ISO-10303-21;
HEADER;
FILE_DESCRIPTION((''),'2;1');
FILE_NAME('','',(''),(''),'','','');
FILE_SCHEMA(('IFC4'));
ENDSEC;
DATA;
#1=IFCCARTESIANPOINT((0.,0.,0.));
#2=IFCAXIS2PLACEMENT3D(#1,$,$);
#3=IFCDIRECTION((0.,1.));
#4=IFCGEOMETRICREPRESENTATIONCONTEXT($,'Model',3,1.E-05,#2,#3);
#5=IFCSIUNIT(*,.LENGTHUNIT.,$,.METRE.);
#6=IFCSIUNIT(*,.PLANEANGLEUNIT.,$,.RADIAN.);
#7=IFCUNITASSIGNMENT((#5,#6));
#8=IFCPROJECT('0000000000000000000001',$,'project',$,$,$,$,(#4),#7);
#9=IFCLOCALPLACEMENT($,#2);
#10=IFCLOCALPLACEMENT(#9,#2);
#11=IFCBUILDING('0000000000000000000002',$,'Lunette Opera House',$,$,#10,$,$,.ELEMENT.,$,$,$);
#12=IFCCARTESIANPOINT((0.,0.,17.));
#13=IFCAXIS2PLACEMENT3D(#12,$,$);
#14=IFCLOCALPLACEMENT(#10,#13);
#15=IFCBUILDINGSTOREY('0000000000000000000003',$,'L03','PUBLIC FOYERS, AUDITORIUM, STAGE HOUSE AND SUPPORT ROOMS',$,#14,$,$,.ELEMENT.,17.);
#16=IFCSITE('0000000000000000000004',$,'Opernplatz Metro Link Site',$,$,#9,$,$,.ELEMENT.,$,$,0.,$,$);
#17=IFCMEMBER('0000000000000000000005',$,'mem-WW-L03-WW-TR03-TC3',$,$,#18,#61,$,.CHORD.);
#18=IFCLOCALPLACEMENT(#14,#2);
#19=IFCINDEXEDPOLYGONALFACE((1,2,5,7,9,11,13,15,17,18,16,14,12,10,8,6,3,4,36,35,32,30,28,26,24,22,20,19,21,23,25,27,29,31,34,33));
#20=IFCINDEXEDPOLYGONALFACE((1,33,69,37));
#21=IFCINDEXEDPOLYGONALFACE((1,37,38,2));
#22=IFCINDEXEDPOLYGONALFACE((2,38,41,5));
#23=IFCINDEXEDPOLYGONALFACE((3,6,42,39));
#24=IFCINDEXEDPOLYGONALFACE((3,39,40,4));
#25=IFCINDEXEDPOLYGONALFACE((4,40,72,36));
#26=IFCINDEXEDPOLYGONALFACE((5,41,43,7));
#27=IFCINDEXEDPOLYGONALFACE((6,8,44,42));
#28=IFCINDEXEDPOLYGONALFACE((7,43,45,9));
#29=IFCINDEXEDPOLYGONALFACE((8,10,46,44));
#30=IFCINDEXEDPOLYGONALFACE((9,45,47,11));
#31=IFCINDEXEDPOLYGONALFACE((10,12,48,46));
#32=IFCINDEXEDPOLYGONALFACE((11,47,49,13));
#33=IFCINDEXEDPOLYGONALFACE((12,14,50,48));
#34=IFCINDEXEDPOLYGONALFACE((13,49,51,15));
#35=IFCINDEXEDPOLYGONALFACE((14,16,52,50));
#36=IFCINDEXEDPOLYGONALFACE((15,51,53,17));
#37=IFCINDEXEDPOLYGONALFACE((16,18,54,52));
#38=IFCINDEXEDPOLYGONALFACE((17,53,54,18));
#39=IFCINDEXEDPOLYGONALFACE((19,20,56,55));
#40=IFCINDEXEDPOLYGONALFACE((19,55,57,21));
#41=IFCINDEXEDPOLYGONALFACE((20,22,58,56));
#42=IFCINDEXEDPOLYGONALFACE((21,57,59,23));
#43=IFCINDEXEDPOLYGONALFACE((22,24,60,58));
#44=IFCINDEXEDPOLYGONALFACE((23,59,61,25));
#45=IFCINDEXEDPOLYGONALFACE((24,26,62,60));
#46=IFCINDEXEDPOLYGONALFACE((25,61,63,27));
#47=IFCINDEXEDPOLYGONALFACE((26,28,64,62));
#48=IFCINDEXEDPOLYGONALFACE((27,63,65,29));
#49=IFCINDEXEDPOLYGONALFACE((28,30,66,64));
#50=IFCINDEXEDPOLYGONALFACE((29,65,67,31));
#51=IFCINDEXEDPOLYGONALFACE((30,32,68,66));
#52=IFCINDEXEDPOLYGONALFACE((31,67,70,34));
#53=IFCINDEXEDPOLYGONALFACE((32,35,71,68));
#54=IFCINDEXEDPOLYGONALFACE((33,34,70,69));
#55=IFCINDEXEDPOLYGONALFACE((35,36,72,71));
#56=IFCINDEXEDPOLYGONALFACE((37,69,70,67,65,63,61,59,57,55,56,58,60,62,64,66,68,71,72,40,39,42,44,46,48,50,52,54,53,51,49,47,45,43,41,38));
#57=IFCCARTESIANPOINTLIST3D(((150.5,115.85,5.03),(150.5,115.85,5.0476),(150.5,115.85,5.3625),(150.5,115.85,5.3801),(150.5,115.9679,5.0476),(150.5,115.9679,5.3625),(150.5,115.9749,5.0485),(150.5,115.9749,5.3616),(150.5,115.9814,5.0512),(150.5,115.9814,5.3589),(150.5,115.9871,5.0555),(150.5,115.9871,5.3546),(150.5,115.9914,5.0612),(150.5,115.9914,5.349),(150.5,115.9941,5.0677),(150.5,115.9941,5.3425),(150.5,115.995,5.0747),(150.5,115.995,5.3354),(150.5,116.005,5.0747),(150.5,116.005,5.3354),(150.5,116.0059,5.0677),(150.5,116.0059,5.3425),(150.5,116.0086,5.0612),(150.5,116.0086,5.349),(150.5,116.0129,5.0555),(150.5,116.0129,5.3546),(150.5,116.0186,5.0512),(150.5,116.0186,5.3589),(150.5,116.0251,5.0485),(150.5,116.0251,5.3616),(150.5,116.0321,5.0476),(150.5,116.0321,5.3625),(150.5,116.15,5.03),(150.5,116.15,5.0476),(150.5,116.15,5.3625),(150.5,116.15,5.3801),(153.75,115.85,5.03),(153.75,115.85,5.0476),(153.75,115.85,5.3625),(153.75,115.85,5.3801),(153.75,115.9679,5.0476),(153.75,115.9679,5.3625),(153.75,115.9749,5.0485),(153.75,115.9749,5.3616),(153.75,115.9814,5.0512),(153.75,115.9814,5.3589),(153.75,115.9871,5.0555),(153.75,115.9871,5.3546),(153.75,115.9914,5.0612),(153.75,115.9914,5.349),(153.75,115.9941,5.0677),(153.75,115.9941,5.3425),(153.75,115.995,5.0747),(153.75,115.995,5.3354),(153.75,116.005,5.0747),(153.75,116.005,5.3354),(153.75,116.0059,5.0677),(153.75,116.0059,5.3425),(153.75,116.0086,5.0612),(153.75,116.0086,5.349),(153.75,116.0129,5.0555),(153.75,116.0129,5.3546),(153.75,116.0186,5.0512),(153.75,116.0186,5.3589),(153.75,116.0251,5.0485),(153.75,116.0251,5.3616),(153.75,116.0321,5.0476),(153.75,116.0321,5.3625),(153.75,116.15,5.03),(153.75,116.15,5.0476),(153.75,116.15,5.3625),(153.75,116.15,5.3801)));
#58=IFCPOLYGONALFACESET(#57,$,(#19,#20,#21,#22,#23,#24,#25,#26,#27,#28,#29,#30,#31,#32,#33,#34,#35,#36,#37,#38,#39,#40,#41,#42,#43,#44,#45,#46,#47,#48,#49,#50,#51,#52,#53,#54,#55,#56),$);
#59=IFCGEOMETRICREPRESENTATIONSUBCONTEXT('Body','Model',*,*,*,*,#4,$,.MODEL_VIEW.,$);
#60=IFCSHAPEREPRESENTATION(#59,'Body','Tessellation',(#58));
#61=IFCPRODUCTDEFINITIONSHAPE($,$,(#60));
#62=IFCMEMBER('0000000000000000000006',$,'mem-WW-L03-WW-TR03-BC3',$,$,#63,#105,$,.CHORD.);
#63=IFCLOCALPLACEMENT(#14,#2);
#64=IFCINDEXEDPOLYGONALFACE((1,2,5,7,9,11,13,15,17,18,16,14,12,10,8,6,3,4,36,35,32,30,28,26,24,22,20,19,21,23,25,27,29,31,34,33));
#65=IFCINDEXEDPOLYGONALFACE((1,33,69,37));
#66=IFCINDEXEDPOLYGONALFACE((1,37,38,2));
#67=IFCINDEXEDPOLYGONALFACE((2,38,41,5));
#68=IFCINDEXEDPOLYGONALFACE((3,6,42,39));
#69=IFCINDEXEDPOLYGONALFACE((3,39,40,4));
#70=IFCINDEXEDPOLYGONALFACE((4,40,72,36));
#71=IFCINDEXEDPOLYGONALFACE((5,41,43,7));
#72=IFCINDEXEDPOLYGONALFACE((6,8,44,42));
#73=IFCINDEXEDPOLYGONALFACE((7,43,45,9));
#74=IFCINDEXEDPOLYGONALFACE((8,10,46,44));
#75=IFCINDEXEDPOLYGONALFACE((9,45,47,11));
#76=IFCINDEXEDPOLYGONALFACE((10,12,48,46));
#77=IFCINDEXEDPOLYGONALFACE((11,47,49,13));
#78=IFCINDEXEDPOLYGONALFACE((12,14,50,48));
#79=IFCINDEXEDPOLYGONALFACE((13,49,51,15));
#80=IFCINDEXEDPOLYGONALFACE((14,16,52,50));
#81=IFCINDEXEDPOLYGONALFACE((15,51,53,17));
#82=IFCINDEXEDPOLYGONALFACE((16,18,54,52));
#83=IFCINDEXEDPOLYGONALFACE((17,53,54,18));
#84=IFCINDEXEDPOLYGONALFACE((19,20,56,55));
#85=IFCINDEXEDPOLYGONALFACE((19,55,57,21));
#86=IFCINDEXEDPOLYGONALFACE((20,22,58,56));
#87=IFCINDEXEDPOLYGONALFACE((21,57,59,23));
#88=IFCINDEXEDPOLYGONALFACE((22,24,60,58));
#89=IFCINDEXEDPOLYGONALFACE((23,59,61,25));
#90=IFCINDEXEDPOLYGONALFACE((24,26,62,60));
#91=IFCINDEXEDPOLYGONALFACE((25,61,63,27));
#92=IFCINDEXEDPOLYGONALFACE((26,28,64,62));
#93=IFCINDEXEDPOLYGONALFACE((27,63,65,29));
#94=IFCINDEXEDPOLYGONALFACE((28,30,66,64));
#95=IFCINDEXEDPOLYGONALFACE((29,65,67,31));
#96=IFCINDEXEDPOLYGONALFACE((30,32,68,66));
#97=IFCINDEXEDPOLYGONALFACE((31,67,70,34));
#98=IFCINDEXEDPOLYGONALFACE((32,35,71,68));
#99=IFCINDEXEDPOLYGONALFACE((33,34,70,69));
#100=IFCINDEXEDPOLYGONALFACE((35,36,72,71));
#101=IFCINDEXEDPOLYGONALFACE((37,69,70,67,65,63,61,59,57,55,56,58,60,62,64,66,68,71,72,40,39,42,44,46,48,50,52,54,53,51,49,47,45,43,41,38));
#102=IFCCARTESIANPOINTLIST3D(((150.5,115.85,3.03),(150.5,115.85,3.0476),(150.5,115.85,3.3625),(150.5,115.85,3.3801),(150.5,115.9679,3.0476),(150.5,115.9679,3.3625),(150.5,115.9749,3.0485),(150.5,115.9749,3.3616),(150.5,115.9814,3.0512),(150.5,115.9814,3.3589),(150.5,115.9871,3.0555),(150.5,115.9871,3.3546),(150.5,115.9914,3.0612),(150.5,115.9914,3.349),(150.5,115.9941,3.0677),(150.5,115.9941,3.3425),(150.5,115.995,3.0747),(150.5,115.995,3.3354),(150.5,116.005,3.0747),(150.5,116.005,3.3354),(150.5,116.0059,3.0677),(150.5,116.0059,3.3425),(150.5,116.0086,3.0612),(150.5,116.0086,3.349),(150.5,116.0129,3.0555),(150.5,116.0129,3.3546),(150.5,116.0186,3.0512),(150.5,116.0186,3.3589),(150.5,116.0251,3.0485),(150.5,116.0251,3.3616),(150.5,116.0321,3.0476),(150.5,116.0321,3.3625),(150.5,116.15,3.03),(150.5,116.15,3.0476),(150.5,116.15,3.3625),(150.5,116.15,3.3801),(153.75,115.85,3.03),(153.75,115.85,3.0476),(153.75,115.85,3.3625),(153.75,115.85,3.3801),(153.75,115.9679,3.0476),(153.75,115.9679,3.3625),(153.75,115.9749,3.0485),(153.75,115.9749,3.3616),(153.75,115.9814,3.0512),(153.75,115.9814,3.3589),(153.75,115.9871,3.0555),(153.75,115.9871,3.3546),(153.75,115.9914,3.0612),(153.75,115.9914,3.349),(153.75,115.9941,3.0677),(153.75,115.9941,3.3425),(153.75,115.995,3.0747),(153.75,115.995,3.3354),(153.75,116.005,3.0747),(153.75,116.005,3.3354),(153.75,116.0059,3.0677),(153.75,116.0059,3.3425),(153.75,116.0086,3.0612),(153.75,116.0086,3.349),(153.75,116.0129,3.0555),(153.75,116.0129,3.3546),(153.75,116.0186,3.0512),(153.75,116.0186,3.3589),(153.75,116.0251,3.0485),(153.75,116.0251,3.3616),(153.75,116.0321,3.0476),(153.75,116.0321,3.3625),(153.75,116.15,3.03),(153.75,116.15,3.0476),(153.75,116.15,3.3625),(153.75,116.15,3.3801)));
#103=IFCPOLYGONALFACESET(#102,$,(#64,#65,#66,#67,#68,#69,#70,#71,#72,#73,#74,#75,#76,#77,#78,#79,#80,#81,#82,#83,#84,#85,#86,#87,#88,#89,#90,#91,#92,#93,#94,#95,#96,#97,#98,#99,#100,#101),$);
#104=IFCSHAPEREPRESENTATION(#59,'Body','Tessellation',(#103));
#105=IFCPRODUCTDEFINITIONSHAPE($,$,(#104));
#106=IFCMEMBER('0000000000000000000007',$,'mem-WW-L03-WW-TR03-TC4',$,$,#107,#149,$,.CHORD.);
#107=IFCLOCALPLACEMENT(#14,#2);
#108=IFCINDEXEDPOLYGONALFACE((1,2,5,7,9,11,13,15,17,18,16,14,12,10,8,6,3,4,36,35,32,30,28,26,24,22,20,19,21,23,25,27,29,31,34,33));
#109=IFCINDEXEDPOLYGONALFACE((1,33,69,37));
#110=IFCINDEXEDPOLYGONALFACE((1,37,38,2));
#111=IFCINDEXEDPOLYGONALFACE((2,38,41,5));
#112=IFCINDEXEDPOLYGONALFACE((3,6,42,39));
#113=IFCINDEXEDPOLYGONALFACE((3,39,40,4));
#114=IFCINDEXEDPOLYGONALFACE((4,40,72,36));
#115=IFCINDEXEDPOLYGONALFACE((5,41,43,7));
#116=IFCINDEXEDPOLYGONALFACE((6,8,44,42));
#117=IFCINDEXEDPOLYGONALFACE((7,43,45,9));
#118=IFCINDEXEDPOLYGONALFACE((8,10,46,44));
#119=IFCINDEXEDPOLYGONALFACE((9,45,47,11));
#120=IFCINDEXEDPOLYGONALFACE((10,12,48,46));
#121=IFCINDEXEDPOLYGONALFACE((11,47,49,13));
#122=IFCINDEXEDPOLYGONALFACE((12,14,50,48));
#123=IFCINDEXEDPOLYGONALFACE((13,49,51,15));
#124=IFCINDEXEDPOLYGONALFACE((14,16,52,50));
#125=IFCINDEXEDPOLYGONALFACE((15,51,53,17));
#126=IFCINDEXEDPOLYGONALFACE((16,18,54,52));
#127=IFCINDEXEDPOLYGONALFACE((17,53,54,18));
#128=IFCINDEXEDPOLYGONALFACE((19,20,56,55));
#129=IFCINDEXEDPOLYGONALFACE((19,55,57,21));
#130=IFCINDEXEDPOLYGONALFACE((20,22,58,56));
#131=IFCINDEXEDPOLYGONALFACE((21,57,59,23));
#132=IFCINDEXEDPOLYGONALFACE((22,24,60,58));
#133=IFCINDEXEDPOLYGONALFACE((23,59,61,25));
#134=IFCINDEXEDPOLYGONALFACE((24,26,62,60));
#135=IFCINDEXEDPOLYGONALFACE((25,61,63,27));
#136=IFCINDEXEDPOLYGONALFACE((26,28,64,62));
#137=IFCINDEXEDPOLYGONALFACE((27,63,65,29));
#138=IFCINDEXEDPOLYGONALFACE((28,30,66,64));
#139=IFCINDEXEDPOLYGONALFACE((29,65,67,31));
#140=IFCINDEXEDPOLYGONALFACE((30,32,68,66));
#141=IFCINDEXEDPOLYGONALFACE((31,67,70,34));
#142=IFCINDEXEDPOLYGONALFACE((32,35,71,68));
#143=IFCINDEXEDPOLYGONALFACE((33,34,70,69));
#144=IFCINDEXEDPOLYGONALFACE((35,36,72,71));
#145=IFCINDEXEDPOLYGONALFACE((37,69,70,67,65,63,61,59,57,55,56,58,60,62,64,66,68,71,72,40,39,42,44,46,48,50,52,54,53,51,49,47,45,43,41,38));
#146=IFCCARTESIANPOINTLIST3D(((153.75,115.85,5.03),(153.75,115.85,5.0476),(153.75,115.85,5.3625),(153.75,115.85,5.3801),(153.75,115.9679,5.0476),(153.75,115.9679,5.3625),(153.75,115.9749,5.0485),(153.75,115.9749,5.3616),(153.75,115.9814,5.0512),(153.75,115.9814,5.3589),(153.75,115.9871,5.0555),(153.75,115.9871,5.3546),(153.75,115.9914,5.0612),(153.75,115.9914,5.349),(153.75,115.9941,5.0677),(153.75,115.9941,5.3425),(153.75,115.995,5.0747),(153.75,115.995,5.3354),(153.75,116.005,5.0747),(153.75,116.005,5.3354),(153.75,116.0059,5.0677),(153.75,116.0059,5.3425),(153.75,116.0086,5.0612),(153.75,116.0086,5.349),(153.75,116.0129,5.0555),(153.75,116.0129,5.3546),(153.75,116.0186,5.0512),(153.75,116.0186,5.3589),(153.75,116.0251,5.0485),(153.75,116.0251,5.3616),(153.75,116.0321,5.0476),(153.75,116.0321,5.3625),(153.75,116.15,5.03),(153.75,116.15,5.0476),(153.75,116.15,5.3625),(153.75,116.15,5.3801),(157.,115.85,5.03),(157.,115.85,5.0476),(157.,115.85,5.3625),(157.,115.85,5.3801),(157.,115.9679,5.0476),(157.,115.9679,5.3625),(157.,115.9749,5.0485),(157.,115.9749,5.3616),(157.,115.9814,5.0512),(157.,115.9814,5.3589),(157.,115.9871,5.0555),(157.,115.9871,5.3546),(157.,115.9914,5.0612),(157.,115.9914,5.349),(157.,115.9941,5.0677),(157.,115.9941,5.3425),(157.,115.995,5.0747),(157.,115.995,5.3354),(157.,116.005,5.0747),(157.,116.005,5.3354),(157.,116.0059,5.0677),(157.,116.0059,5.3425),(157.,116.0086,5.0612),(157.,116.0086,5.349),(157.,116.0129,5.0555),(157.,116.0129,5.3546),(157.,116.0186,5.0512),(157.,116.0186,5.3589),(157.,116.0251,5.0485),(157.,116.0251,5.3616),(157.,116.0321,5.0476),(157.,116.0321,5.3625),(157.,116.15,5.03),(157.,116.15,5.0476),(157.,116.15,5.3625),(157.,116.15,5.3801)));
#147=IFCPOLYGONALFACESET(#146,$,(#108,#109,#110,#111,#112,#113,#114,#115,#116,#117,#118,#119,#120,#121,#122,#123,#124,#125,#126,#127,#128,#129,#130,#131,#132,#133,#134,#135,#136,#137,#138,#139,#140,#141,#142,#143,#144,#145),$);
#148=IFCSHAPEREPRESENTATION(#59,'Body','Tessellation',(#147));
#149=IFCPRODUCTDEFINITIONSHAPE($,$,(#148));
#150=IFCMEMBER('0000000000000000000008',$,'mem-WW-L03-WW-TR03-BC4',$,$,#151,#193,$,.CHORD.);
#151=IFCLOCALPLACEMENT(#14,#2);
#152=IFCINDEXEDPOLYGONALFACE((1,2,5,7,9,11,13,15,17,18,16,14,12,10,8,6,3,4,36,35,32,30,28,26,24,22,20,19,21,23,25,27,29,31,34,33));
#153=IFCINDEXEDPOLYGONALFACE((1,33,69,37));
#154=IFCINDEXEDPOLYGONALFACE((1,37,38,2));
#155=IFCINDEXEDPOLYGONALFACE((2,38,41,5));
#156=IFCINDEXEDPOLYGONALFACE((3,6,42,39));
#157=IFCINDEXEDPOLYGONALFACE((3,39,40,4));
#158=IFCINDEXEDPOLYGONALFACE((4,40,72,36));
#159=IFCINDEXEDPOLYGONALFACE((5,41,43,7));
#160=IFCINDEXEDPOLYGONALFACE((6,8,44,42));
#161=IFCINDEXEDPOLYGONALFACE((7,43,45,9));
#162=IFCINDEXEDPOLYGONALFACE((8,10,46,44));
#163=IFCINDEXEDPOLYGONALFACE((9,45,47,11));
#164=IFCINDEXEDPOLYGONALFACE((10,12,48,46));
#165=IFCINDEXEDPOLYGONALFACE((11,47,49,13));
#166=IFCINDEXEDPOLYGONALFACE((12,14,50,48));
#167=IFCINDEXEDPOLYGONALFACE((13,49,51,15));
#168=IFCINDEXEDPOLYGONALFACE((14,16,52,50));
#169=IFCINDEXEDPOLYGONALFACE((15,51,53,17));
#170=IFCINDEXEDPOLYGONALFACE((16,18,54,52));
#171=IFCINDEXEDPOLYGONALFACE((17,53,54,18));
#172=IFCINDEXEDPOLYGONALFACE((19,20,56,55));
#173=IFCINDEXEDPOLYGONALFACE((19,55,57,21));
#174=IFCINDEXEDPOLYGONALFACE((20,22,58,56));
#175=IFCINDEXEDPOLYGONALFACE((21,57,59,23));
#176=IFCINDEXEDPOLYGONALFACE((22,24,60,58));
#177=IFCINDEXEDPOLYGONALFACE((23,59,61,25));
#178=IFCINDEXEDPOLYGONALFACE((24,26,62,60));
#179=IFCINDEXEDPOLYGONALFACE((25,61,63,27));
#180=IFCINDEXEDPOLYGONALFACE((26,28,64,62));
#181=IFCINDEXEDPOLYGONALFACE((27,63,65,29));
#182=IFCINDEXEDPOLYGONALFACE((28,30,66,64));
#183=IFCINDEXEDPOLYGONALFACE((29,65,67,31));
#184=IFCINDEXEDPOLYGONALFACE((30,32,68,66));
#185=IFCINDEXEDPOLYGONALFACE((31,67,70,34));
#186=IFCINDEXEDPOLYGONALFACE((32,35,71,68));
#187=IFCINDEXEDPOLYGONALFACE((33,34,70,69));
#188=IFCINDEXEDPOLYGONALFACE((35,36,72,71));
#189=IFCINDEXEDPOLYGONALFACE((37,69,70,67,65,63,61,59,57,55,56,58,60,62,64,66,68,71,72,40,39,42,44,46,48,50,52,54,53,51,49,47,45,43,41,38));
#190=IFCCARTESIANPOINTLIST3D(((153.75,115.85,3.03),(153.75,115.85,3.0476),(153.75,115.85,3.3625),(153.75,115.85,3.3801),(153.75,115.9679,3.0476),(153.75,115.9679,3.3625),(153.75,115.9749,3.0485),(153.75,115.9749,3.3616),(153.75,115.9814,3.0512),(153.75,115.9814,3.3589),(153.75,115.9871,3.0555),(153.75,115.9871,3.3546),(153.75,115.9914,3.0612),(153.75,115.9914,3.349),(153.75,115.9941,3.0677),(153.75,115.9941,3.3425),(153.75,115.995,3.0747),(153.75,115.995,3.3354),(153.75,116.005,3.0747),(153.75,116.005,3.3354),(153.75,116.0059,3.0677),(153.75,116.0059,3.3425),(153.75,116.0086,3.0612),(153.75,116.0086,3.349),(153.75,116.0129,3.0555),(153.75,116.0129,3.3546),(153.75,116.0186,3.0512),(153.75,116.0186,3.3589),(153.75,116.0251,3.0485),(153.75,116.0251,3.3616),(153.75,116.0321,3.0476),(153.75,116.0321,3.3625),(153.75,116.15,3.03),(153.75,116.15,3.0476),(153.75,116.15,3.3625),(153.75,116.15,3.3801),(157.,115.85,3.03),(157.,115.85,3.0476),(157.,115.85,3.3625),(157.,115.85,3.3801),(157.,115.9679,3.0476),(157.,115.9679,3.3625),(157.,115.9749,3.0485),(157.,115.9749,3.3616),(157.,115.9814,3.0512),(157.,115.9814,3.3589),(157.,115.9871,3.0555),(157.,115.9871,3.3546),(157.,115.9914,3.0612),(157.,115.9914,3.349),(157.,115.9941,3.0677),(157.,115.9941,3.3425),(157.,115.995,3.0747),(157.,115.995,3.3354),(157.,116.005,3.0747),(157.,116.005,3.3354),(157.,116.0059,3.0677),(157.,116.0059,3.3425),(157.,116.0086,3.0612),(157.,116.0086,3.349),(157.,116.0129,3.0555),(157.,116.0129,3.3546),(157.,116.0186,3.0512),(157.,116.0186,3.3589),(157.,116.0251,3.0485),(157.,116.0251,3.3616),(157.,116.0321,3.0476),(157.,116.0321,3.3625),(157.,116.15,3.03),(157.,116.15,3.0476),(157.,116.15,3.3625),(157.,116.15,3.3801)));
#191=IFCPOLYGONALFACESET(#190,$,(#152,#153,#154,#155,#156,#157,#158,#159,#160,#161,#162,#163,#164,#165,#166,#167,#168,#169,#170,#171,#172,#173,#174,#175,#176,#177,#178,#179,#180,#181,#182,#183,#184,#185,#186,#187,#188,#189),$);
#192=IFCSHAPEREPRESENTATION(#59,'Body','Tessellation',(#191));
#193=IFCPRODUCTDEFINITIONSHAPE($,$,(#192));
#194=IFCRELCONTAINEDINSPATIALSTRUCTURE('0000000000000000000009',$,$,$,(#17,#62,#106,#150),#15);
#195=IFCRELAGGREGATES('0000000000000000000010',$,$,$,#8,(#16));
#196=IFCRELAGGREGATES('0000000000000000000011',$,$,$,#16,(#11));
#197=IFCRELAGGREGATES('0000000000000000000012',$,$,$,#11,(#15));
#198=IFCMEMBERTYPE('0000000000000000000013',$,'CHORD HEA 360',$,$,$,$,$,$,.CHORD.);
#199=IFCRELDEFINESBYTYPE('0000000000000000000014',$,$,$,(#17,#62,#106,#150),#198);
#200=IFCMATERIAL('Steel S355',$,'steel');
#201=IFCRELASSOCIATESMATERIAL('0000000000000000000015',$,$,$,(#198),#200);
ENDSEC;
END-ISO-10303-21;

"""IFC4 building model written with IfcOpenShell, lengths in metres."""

from ifc_helpers import new_model, si_unit, direction, frame, origin, origin_2d, place, context, subcontext, project, spatial, i_section, extrude, material, material_profile, profile_set, type_object, element, save


model = new_model("IFC4")

# Units and contexts
model_context = context("Model", 3, precision=1e-05, world=origin(), true_north=direction((0.0, 1.0)))
body_context = subcontext(model_context, "Body", "Model", "MODEL_VIEW")
ifc_project = project(units=[si_unit("LENGTHUNIT", "METRE"), si_unit("PLANEANGLEUNIT", "RADIAN")], contexts=[model_context])

# Site, building, storey
site_placement = place(None, origin())
site = spatial("IfcSite", under=ifc_project, at=site_placement, Name="Opernplatz Metro Link Site", CompositionType="ELEMENT", RefElevation=0.0)
building_placement = place(site_placement, origin())
building = spatial("IfcBuilding", under=site, at=building_placement, Name="Lunette Opera House", CompositionType="ELEMENT")
storey_placement = place(building_placement, frame((0.0, 0.0, 17.0)))
storey = spatial("IfcBuildingStorey", under=building, at=storey_placement, Name="L03", Description="PUBLIC FOYERS, AUDITORIUM, STAGE HOUSE AND SUPPORT ROOMS", CompositionType="ELEMENT", Elevation=17.0)

# Members
ifc_material_1 = material(Name="Steel S355", Category="steel")
ifc_material_profile_1 = material_profile(ifc_material_1, i_section(OverallWidth=0.3, OverallDepth=0.3501, WebThickness=0.01, FlangeThickness=0.0176, FilletRadius=0.0271, at=origin_2d()), Name="HEA 360")
ifc_profile_set_1 = profile_set([ifc_material_profile_1], Name="Steel S355")
member_type_1 = type_object("IfcMemberType", Name="CHORD HEA 360", PredefinedType="CHORD", material=ifc_profile_set_1)
for number, where, z_axis, x_axis, name in (
    (1, (150.5, 116.0, 5.2051), (1.0, 0.0, 0.0), (0.0, 1.0, 0.0), "mem-WW-L03-WW-TR03-TC3"),
    (2, (150.5, 116.0, 3.2051), (1.0, 0.0, 0.0), (0.0, 1.0, 0.0), "mem-WW-L03-WW-TR03-BC3"),
    (3, (153.75, 116.0, 5.2051), (1.0, 0.0, 0.0), (0.0, 1.0, 0.0), "mem-WW-L03-WW-TR03-TC4"),
    (4, (153.75, 116.0, 3.2051), (1.0, 0.0, 0.0), (0.0, 1.0, 0.0), "mem-WW-L03-WW-TR03-BC4"),
):
    element("IfcMember", number, at=place(storey_placement, frame(where, z_axis=z_axis, x_axis=x_axis)), inside=storey, type_object=member_type_1, Name=name, PredefinedType="CHORD", context=body_context, shape_type="SweptSolid", body=[
        extrude(i_section(OverallWidth=0.3, OverallDepth=0.3501, WebThickness=0.01, FlangeThickness=0.0176, FilletRadius=0.0271, at=origin_2d()), origin(), (0.0, 0.0, 1.0), 3.25),
    ])

save(model, "model.ifc")
